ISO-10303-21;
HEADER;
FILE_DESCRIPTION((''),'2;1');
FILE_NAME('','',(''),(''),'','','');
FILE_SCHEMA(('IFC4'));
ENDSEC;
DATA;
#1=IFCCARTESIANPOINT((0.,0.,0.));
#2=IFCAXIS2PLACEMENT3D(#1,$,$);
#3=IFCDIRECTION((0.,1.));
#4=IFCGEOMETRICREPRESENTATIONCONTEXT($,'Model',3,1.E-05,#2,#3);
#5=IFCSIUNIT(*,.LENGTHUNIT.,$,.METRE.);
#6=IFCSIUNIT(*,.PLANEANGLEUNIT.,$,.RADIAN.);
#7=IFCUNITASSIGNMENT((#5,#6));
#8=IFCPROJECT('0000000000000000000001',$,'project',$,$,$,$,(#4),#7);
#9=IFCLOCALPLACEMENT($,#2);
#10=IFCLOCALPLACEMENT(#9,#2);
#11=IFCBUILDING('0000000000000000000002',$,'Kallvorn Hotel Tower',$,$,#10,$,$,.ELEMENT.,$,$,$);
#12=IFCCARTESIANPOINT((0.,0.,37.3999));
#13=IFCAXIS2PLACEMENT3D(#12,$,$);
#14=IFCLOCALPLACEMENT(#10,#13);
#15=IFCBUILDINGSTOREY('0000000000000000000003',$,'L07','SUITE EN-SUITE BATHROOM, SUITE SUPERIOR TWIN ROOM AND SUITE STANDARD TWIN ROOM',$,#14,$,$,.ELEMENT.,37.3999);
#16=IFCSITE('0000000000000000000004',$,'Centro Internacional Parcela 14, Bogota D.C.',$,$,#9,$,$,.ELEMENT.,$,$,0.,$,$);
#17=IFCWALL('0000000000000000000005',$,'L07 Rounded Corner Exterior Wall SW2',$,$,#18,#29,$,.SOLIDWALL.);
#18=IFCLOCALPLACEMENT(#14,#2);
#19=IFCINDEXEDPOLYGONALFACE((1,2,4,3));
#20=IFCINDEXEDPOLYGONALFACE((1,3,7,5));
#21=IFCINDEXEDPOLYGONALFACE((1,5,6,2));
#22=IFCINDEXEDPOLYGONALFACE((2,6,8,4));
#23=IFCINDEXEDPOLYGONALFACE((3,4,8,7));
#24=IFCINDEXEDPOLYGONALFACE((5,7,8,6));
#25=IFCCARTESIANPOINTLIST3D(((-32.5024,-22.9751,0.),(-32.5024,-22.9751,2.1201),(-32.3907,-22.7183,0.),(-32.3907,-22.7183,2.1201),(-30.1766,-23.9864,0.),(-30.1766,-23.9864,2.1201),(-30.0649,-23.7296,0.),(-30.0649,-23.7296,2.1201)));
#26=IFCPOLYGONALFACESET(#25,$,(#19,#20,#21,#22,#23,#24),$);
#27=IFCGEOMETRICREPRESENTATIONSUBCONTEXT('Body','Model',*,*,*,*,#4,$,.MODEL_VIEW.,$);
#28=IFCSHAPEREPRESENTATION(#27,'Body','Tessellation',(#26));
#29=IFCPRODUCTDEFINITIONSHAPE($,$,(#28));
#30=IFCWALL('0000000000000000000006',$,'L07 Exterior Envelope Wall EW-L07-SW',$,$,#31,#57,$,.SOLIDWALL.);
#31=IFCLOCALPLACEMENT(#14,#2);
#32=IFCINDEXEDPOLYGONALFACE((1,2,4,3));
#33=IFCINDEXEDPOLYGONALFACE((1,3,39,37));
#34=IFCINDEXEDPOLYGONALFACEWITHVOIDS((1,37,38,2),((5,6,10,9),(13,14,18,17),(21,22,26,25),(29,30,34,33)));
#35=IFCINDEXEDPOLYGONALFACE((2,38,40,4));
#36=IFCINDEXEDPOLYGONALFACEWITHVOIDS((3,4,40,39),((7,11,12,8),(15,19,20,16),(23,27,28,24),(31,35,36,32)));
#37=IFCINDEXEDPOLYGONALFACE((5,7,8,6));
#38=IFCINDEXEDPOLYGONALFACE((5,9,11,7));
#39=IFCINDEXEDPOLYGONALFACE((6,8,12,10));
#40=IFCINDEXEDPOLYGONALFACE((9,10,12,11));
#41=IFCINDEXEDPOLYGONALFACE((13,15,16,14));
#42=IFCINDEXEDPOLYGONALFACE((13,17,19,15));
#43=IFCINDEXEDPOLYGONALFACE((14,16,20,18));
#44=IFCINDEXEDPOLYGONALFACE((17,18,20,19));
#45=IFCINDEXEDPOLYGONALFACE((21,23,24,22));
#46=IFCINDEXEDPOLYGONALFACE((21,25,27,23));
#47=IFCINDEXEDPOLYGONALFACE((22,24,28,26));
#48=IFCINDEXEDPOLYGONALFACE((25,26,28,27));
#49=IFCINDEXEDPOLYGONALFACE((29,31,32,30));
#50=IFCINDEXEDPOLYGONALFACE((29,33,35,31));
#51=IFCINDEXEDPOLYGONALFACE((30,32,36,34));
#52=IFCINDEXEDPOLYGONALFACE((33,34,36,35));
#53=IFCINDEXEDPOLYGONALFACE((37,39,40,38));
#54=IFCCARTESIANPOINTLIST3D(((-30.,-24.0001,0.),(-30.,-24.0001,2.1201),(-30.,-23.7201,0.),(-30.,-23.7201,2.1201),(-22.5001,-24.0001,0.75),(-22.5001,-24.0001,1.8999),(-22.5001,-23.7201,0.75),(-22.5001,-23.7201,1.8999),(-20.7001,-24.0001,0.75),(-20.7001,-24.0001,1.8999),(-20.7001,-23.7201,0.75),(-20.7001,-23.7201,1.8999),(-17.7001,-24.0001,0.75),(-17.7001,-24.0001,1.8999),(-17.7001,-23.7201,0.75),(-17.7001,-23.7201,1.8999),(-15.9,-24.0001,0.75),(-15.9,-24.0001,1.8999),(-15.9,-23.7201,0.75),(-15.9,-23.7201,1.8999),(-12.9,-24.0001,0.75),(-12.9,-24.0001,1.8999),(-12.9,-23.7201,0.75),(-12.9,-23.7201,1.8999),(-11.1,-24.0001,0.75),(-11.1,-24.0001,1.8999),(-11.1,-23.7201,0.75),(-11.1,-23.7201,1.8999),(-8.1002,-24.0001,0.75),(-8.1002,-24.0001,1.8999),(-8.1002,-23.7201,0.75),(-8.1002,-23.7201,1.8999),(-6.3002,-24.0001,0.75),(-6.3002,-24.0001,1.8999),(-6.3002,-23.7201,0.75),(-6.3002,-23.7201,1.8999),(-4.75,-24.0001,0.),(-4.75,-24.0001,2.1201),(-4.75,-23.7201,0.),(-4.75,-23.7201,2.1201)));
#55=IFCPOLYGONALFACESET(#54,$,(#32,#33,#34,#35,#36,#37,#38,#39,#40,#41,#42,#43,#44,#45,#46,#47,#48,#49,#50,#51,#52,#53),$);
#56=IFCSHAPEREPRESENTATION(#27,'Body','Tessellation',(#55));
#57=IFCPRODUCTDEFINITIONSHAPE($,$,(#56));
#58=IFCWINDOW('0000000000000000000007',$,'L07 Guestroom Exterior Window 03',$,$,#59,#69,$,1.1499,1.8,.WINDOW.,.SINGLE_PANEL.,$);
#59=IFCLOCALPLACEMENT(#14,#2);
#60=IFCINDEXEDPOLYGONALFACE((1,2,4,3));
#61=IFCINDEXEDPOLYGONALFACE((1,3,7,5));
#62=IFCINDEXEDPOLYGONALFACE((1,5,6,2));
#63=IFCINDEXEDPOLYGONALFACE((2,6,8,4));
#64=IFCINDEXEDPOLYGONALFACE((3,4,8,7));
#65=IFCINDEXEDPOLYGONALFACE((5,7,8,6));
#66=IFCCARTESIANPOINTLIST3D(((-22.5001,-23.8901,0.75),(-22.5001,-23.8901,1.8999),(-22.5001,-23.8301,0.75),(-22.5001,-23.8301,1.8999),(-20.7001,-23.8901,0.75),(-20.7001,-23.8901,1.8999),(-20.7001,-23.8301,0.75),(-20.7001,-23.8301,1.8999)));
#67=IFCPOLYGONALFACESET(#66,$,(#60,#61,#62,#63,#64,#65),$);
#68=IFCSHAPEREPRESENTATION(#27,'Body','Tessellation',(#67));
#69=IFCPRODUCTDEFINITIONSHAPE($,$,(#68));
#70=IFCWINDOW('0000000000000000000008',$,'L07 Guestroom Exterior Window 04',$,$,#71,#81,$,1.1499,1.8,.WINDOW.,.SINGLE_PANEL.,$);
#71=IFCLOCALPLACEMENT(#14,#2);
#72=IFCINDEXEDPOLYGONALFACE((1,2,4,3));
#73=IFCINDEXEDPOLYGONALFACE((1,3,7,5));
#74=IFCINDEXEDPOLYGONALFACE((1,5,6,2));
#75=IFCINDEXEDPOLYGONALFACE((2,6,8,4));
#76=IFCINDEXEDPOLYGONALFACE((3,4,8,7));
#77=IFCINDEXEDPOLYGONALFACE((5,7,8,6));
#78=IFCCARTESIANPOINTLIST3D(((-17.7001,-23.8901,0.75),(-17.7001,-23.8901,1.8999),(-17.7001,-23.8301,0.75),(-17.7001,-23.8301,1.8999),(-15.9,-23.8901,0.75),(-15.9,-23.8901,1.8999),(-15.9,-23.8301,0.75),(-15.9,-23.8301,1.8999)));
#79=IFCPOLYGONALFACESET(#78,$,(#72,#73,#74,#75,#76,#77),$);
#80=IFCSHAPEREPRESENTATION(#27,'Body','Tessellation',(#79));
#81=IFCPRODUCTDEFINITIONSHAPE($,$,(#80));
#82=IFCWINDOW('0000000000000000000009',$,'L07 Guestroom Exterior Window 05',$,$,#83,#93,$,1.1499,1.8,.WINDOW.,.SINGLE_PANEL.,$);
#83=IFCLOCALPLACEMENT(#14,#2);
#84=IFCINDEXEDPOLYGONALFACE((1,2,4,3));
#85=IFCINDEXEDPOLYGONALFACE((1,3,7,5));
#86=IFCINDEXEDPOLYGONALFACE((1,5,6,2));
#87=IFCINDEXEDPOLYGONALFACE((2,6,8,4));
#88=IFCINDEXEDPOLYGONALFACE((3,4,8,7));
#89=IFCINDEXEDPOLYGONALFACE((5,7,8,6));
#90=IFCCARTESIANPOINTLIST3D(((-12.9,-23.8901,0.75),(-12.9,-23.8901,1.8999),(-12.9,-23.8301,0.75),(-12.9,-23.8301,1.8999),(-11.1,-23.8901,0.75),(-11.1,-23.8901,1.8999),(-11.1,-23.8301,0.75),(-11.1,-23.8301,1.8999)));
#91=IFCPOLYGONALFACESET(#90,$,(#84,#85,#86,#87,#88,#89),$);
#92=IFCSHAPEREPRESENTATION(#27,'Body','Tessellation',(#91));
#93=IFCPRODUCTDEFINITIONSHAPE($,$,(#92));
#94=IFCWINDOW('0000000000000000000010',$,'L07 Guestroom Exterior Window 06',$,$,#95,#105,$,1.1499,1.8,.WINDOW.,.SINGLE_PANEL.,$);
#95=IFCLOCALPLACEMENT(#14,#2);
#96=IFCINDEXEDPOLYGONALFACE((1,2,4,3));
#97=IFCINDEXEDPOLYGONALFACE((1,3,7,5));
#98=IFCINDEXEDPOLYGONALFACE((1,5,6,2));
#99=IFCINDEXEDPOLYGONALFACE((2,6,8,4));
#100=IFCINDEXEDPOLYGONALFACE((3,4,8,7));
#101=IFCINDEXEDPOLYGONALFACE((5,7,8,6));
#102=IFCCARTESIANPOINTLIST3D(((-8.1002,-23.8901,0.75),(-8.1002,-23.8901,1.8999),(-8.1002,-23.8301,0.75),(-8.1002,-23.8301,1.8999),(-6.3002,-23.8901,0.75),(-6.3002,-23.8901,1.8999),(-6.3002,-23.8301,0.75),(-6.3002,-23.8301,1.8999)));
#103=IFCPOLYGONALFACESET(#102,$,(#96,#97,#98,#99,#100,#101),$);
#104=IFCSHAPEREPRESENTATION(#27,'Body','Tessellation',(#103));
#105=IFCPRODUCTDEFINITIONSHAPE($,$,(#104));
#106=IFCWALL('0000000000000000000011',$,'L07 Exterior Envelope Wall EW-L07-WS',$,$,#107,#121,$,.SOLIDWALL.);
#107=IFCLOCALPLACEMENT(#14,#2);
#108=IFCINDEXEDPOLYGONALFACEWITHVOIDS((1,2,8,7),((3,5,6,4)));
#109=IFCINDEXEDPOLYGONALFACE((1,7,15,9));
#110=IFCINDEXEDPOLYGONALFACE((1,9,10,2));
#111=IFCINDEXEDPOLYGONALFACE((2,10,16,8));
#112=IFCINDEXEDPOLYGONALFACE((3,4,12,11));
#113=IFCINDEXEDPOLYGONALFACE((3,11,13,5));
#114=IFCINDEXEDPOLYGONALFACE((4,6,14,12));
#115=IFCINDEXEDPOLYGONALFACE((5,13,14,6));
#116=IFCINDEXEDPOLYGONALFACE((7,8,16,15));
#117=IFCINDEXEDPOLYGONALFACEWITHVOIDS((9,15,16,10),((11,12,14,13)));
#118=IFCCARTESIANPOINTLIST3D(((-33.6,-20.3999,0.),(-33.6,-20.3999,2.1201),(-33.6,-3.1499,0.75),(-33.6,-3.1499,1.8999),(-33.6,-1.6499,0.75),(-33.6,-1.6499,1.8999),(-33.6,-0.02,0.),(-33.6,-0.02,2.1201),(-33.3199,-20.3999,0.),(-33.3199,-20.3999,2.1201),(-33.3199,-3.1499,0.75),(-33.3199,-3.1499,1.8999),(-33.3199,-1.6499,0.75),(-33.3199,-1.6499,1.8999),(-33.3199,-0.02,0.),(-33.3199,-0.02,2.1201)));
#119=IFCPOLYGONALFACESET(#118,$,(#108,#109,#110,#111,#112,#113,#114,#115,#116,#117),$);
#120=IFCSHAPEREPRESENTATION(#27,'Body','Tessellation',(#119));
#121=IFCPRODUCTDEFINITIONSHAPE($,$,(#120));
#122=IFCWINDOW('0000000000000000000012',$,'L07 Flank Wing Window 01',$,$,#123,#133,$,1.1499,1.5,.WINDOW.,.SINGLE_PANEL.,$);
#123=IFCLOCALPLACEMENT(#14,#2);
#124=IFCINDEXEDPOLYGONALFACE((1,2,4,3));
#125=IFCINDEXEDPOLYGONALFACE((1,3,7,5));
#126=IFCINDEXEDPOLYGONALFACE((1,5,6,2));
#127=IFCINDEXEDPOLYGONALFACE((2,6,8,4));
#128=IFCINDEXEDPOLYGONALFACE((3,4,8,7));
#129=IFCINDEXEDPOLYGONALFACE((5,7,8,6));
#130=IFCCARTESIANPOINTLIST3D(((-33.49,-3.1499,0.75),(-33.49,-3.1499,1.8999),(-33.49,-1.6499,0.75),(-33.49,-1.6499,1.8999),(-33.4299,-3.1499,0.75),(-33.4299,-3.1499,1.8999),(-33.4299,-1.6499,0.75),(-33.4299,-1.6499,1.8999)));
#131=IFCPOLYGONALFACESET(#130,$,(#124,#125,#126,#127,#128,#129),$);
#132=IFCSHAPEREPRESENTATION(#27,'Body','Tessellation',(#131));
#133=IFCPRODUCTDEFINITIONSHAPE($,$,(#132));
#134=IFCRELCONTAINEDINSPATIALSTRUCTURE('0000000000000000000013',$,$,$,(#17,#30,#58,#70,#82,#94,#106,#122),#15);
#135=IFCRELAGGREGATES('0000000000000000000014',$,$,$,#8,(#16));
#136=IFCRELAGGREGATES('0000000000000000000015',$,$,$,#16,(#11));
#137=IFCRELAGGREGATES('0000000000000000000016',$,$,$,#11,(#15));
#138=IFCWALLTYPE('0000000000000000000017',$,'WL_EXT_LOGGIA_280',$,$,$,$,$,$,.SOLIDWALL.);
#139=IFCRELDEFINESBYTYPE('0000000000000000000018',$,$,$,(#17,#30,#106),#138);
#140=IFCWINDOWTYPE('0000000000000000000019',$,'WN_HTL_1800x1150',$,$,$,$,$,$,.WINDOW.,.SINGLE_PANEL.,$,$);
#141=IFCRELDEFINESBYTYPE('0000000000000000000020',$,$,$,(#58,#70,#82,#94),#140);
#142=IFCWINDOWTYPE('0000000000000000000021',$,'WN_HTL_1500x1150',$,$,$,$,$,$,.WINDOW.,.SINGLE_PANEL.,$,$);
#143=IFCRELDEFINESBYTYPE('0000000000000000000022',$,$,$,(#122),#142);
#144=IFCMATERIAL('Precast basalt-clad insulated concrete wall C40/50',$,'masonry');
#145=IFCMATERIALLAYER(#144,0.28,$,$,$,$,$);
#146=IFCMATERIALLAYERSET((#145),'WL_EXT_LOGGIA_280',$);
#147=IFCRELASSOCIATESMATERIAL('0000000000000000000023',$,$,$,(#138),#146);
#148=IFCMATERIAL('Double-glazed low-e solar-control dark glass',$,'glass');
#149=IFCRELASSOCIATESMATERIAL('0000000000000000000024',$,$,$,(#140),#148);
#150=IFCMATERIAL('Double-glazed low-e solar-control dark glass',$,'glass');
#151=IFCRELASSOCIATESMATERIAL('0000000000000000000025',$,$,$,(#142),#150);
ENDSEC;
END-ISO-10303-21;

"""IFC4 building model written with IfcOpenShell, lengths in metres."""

from ifc_helpers import new_model, si_unit, direction, frame, frame_2d, origin, place, context, subcontext, project, spatial, rectangle, extrude, material, layer, layer_set, type_object, element, fill, save


model = new_model("IFC4")

# Units and contexts
model_context = context("Model", 3, precision=1e-05, world=origin(), true_north=direction((0.0, 1.0)))
body_context = subcontext(model_context, "Body", "Model", "MODEL_VIEW")
ifc_project = project(units=[si_unit("LENGTHUNIT", "METRE"), si_unit("PLANEANGLEUNIT", "RADIAN")], contexts=[model_context])

# Site, building, storey
site_placement = place(None, origin())
site = spatial("IfcSite", under=ifc_project, at=site_placement, Name="Centro Internacional Parcela 14, Bogota D.C.", CompositionType="ELEMENT", RefElevation=0.0)
building_placement = place(site_placement, origin())
building = spatial("IfcBuilding", under=site, at=building_placement, Name="Kallvorn Hotel Tower", CompositionType="ELEMENT")
storey_placement = place(building_placement, frame((0.0, 0.0, 37.3999)))
storey = spatial("IfcBuildingStorey", under=building, at=storey_placement, Name="L07", Description="SUITE EN-SUITE BATHROOM, SUITE SUPERIOR TWIN ROOM AND SUITE STANDARD TWIN ROOM", CompositionType="ELEMENT", Elevation=37.3999)

# Wall
ifc_material_1 = material(Name="Precast basalt-clad insulated concrete wall C40/50", Category="masonry")
ifc_layer = layer(ifc_material_1, 0.28)
ifc_layer_set = layer_set([ifc_layer], Name="WL_EXT_LOGGIA_280")
wall_type = type_object("IfcWallType", Name="WL_EXT_LOGGIA_280", PredefinedType="SOLIDWALL", material=ifc_layer_set)
wall_1_placement = place(storey_placement, frame((-32.4465, -22.8467, 0.0), z_axis=(0.0, 0.0, 1.0), x_axis=(0.917061, -0.398747, 0.0)))
element("IfcWall", 1, at=wall_1_placement, inside=storey, type_object=wall_type, Name="L07 Rounded Corner Exterior Wall SW2", PredefinedType="SOLIDWALL", context=body_context, shape_type="SweptSolid", body=[
    extrude(rectangle(XDim=2.5361, YDim=0.28, at=frame_2d((1.2681, 0.0))), origin(), (0.0, 0.0, 1.0), 2.1201),
])

# Wall, openings, windows
wall_2_placement = place(storey_placement, frame((-30.0, -23.8601, 0.0), z_axis=(0.0, 0.0, 1.0), x_axis=(1.0, 0.0, 0.0)))
wall_2 = element("IfcWall", 2, at=wall_2_placement, inside=storey, type_object=wall_type, Name="L07 Exterior Envelope Wall EW-L07-SW", PredefinedType="SOLIDWALL", context=body_context, shape_type="SweptSolid", body=[
    extrude(rectangle(XDim=25.25, YDim=0.28, at=frame_2d((12.625, 0.0))), origin(), (0.0, 0.0, 1.0), 2.1201),
])
opening_1_placement = place(wall_2_placement, frame((7.5, 0.0, 0.75)))
opening_1 = element("IfcOpeningElement", 3, at=opening_1_placement, cuts=wall_2, PredefinedType="OPENING", context=body_context, shape_type="SweptSolid", body=[
    extrude(rectangle(XDim=1.8, YDim=1.1499, at=frame_2d((0.8999, 0.575))), frame((0.0, 0.155, 0.0), z_axis=(0.0, -1.0, 0.0), x_axis=(1.0, 0.0, 0.0)), (0.0, 0.0, 1.0), 0.3101),
])
opening_2_placement = place(wall_2_placement, frame((12.3, 0.0, 0.75)))
opening_2 = element("IfcOpeningElement", 4, at=opening_2_placement, cuts=wall_2, PredefinedType="OPENING", context=body_context, shape_type="SweptSolid", body=[
    extrude(rectangle(XDim=1.8, YDim=1.1499, at=frame_2d((0.8999, 0.575))), frame((0.0, 0.155, 0.0), z_axis=(0.0, -1.0, 0.0), x_axis=(1.0, 0.0, 0.0)), (0.0, 0.0, 1.0), 0.3101),
])
opening_3_placement = place(wall_2_placement, frame((17.1001, 0.0, 0.75)))
opening_3 = element("IfcOpeningElement", 5, at=opening_3_placement, cuts=wall_2, PredefinedType="OPENING", context=body_context, shape_type="SweptSolid", body=[
    extrude(rectangle(XDim=1.8, YDim=1.1499, at=frame_2d((0.8999, 0.575))), frame((0.0, 0.155, 0.0), z_axis=(0.0, -1.0, 0.0), x_axis=(1.0, 0.0, 0.0)), (0.0, 0.0, 1.0), 0.3101),
])
opening_4_placement = place(wall_2_placement, frame((21.8999, 0.0, 0.75)))
opening_4 = element("IfcOpeningElement", 6, at=opening_4_placement, cuts=wall_2, PredefinedType="OPENING", context=body_context, shape_type="SweptSolid", body=[
    extrude(rectangle(XDim=1.8, YDim=1.1499, at=frame_2d((0.8999, 0.575))), frame((0.0, 0.155, 0.0), z_axis=(0.0, -1.0, 0.0), x_axis=(1.0, 0.0, 0.0)), (0.0, 0.0, 1.0), 0.3101),
])
ifc_material_2 = material(Name="Double-glazed low-e solar-control dark glass", Category="glass")
window_type_1 = type_object("IfcWindowType", Name="WN_HTL_1800x1150", PartitioningType="SINGLE_PANEL", PredefinedType="WINDOW", material=ifc_material_2)
window_1_placement = place(opening_1_placement, origin())
window_1 = element("IfcWindow", 7, at=window_1_placement, inside=storey, type_object=window_type_1, Name="L07 Guestroom Exterior Window 03", OverallHeight=1.1499, OverallWidth=1.8, PartitioningType="SINGLE_PANEL", PredefinedType="WINDOW", context=body_context, shape_type="SweptSolid", body=[
    extrude(rectangle(XDim=1.8, YDim=1.1499, at=frame_2d((0.8999, 0.575))), frame((0.0, 0.03, 0.0), z_axis=(0.0, -1.0, 0.0), x_axis=(1.0, 0.0, 0.0)), (0.0, 0.0, 1.0), 0.0601),
])
fill(opening_1, window_1)
window_2_placement = place(opening_2_placement, origin())
window_2 = element("IfcWindow", 8, at=window_2_placement, inside=storey, type_object=window_type_1, Name="L07 Guestroom Exterior Window 04", OverallHeight=1.1499, OverallWidth=1.8, PartitioningType="SINGLE_PANEL", PredefinedType="WINDOW", context=body_context, shape_type="SweptSolid", body=[
    extrude(rectangle(XDim=1.8, YDim=1.1499, at=frame_2d((0.8999, 0.575))), frame((0.0, 0.03, 0.0), z_axis=(0.0, -1.0, 0.0), x_axis=(1.0, 0.0, 0.0)), (0.0, 0.0, 1.0), 0.0601),
])
fill(opening_2, window_2)
window_3_placement = place(opening_3_placement, origin())
window_3 = element("IfcWindow", 9, at=window_3_placement, inside=storey, type_object=window_type_1, Name="L07 Guestroom Exterior Window 05", OverallHeight=1.1499, OverallWidth=1.8, PartitioningType="SINGLE_PANEL", PredefinedType="WINDOW", context=body_context, shape_type="SweptSolid", body=[
    extrude(rectangle(XDim=1.8, YDim=1.1499, at=frame_2d((0.8999, 0.575))), frame((0.0, 0.03, 0.0), z_axis=(0.0, -1.0, 0.0), x_axis=(1.0, 0.0, 0.0)), (0.0, 0.0, 1.0), 0.0601),
])
fill(opening_3, window_3)
window_4_placement = place(opening_4_placement, origin())
window_4 = element("IfcWindow", 10, at=window_4_placement, inside=storey, type_object=window_type_1, Name="L07 Guestroom Exterior Window 06", OverallHeight=1.1499, OverallWidth=1.8, PartitioningType="SINGLE_PANEL", PredefinedType="WINDOW", context=body_context, shape_type="SweptSolid", body=[
    extrude(rectangle(XDim=1.8, YDim=1.1499, at=frame_2d((0.8999, 0.575))), frame((0.0, 0.03, 0.0), z_axis=(0.0, -1.0, 0.0), x_axis=(1.0, 0.0, 0.0)), (0.0, 0.0, 1.0), 0.0601),
])
fill(opening_4, window_4)

# Wall, opening, window
wall_3_placement = place(storey_placement, frame((-33.46, -20.3999, 0.0), z_axis=(0.0, 0.0, 1.0), x_axis=(0.0, 1.0, 0.0)))
wall_3 = element("IfcWall", 11, at=wall_3_placement, inside=storey, type_object=wall_type, Name="L07 Exterior Envelope Wall EW-L07-WS", PredefinedType="SOLIDWALL", context=body_context, shape_type="SweptSolid", body=[
    extrude(rectangle(XDim=20.3799, YDim=0.28, at=frame_2d((10.1899, 0.0))), origin(), (0.0, 0.0, 1.0), 2.1201),
])
opening_5_placement = place(wall_3_placement, frame((17.25, 0.0, 0.75)))
opening_5 = element("IfcOpeningElement", 12, at=opening_5_placement, cuts=wall_3, PredefinedType="OPENING", context=body_context, shape_type="SweptSolid", body=[
    extrude(rectangle(XDim=1.5, YDim=1.1499, at=frame_2d((0.75, 0.575))), frame((0.0, 0.155, 0.0), z_axis=(0.0, -1.0, 0.0), x_axis=(1.0, 0.0, 0.0)), (0.0, 0.0, 1.0), 0.3101),
])
ifc_material_3 = material(Name="Double-glazed low-e solar-control dark glass", Category="glass")
window_type_2 = type_object("IfcWindowType", Name="WN_HTL_1500x1150", PartitioningType="SINGLE_PANEL", PredefinedType="WINDOW", material=ifc_material_3)
window_5_placement = place(opening_5_placement, origin())
window_5 = element("IfcWindow", 13, at=window_5_placement, inside=storey, type_object=window_type_2, Name="L07 Flank Wing Window 01", OverallHeight=1.1499, OverallWidth=1.5, PartitioningType="SINGLE_PANEL", PredefinedType="WINDOW", context=body_context, shape_type="SweptSolid", body=[
    extrude(rectangle(XDim=1.5, YDim=1.1499, at=frame_2d((0.75, 0.575))), frame((0.0, 0.03, 0.0), z_axis=(0.0, -1.0, 0.0), x_axis=(1.0, 0.0, 0.0)), (0.0, 0.0, 1.0), 0.0601),
])
fill(opening_5, window_5)

save(model, "model.ifc")
